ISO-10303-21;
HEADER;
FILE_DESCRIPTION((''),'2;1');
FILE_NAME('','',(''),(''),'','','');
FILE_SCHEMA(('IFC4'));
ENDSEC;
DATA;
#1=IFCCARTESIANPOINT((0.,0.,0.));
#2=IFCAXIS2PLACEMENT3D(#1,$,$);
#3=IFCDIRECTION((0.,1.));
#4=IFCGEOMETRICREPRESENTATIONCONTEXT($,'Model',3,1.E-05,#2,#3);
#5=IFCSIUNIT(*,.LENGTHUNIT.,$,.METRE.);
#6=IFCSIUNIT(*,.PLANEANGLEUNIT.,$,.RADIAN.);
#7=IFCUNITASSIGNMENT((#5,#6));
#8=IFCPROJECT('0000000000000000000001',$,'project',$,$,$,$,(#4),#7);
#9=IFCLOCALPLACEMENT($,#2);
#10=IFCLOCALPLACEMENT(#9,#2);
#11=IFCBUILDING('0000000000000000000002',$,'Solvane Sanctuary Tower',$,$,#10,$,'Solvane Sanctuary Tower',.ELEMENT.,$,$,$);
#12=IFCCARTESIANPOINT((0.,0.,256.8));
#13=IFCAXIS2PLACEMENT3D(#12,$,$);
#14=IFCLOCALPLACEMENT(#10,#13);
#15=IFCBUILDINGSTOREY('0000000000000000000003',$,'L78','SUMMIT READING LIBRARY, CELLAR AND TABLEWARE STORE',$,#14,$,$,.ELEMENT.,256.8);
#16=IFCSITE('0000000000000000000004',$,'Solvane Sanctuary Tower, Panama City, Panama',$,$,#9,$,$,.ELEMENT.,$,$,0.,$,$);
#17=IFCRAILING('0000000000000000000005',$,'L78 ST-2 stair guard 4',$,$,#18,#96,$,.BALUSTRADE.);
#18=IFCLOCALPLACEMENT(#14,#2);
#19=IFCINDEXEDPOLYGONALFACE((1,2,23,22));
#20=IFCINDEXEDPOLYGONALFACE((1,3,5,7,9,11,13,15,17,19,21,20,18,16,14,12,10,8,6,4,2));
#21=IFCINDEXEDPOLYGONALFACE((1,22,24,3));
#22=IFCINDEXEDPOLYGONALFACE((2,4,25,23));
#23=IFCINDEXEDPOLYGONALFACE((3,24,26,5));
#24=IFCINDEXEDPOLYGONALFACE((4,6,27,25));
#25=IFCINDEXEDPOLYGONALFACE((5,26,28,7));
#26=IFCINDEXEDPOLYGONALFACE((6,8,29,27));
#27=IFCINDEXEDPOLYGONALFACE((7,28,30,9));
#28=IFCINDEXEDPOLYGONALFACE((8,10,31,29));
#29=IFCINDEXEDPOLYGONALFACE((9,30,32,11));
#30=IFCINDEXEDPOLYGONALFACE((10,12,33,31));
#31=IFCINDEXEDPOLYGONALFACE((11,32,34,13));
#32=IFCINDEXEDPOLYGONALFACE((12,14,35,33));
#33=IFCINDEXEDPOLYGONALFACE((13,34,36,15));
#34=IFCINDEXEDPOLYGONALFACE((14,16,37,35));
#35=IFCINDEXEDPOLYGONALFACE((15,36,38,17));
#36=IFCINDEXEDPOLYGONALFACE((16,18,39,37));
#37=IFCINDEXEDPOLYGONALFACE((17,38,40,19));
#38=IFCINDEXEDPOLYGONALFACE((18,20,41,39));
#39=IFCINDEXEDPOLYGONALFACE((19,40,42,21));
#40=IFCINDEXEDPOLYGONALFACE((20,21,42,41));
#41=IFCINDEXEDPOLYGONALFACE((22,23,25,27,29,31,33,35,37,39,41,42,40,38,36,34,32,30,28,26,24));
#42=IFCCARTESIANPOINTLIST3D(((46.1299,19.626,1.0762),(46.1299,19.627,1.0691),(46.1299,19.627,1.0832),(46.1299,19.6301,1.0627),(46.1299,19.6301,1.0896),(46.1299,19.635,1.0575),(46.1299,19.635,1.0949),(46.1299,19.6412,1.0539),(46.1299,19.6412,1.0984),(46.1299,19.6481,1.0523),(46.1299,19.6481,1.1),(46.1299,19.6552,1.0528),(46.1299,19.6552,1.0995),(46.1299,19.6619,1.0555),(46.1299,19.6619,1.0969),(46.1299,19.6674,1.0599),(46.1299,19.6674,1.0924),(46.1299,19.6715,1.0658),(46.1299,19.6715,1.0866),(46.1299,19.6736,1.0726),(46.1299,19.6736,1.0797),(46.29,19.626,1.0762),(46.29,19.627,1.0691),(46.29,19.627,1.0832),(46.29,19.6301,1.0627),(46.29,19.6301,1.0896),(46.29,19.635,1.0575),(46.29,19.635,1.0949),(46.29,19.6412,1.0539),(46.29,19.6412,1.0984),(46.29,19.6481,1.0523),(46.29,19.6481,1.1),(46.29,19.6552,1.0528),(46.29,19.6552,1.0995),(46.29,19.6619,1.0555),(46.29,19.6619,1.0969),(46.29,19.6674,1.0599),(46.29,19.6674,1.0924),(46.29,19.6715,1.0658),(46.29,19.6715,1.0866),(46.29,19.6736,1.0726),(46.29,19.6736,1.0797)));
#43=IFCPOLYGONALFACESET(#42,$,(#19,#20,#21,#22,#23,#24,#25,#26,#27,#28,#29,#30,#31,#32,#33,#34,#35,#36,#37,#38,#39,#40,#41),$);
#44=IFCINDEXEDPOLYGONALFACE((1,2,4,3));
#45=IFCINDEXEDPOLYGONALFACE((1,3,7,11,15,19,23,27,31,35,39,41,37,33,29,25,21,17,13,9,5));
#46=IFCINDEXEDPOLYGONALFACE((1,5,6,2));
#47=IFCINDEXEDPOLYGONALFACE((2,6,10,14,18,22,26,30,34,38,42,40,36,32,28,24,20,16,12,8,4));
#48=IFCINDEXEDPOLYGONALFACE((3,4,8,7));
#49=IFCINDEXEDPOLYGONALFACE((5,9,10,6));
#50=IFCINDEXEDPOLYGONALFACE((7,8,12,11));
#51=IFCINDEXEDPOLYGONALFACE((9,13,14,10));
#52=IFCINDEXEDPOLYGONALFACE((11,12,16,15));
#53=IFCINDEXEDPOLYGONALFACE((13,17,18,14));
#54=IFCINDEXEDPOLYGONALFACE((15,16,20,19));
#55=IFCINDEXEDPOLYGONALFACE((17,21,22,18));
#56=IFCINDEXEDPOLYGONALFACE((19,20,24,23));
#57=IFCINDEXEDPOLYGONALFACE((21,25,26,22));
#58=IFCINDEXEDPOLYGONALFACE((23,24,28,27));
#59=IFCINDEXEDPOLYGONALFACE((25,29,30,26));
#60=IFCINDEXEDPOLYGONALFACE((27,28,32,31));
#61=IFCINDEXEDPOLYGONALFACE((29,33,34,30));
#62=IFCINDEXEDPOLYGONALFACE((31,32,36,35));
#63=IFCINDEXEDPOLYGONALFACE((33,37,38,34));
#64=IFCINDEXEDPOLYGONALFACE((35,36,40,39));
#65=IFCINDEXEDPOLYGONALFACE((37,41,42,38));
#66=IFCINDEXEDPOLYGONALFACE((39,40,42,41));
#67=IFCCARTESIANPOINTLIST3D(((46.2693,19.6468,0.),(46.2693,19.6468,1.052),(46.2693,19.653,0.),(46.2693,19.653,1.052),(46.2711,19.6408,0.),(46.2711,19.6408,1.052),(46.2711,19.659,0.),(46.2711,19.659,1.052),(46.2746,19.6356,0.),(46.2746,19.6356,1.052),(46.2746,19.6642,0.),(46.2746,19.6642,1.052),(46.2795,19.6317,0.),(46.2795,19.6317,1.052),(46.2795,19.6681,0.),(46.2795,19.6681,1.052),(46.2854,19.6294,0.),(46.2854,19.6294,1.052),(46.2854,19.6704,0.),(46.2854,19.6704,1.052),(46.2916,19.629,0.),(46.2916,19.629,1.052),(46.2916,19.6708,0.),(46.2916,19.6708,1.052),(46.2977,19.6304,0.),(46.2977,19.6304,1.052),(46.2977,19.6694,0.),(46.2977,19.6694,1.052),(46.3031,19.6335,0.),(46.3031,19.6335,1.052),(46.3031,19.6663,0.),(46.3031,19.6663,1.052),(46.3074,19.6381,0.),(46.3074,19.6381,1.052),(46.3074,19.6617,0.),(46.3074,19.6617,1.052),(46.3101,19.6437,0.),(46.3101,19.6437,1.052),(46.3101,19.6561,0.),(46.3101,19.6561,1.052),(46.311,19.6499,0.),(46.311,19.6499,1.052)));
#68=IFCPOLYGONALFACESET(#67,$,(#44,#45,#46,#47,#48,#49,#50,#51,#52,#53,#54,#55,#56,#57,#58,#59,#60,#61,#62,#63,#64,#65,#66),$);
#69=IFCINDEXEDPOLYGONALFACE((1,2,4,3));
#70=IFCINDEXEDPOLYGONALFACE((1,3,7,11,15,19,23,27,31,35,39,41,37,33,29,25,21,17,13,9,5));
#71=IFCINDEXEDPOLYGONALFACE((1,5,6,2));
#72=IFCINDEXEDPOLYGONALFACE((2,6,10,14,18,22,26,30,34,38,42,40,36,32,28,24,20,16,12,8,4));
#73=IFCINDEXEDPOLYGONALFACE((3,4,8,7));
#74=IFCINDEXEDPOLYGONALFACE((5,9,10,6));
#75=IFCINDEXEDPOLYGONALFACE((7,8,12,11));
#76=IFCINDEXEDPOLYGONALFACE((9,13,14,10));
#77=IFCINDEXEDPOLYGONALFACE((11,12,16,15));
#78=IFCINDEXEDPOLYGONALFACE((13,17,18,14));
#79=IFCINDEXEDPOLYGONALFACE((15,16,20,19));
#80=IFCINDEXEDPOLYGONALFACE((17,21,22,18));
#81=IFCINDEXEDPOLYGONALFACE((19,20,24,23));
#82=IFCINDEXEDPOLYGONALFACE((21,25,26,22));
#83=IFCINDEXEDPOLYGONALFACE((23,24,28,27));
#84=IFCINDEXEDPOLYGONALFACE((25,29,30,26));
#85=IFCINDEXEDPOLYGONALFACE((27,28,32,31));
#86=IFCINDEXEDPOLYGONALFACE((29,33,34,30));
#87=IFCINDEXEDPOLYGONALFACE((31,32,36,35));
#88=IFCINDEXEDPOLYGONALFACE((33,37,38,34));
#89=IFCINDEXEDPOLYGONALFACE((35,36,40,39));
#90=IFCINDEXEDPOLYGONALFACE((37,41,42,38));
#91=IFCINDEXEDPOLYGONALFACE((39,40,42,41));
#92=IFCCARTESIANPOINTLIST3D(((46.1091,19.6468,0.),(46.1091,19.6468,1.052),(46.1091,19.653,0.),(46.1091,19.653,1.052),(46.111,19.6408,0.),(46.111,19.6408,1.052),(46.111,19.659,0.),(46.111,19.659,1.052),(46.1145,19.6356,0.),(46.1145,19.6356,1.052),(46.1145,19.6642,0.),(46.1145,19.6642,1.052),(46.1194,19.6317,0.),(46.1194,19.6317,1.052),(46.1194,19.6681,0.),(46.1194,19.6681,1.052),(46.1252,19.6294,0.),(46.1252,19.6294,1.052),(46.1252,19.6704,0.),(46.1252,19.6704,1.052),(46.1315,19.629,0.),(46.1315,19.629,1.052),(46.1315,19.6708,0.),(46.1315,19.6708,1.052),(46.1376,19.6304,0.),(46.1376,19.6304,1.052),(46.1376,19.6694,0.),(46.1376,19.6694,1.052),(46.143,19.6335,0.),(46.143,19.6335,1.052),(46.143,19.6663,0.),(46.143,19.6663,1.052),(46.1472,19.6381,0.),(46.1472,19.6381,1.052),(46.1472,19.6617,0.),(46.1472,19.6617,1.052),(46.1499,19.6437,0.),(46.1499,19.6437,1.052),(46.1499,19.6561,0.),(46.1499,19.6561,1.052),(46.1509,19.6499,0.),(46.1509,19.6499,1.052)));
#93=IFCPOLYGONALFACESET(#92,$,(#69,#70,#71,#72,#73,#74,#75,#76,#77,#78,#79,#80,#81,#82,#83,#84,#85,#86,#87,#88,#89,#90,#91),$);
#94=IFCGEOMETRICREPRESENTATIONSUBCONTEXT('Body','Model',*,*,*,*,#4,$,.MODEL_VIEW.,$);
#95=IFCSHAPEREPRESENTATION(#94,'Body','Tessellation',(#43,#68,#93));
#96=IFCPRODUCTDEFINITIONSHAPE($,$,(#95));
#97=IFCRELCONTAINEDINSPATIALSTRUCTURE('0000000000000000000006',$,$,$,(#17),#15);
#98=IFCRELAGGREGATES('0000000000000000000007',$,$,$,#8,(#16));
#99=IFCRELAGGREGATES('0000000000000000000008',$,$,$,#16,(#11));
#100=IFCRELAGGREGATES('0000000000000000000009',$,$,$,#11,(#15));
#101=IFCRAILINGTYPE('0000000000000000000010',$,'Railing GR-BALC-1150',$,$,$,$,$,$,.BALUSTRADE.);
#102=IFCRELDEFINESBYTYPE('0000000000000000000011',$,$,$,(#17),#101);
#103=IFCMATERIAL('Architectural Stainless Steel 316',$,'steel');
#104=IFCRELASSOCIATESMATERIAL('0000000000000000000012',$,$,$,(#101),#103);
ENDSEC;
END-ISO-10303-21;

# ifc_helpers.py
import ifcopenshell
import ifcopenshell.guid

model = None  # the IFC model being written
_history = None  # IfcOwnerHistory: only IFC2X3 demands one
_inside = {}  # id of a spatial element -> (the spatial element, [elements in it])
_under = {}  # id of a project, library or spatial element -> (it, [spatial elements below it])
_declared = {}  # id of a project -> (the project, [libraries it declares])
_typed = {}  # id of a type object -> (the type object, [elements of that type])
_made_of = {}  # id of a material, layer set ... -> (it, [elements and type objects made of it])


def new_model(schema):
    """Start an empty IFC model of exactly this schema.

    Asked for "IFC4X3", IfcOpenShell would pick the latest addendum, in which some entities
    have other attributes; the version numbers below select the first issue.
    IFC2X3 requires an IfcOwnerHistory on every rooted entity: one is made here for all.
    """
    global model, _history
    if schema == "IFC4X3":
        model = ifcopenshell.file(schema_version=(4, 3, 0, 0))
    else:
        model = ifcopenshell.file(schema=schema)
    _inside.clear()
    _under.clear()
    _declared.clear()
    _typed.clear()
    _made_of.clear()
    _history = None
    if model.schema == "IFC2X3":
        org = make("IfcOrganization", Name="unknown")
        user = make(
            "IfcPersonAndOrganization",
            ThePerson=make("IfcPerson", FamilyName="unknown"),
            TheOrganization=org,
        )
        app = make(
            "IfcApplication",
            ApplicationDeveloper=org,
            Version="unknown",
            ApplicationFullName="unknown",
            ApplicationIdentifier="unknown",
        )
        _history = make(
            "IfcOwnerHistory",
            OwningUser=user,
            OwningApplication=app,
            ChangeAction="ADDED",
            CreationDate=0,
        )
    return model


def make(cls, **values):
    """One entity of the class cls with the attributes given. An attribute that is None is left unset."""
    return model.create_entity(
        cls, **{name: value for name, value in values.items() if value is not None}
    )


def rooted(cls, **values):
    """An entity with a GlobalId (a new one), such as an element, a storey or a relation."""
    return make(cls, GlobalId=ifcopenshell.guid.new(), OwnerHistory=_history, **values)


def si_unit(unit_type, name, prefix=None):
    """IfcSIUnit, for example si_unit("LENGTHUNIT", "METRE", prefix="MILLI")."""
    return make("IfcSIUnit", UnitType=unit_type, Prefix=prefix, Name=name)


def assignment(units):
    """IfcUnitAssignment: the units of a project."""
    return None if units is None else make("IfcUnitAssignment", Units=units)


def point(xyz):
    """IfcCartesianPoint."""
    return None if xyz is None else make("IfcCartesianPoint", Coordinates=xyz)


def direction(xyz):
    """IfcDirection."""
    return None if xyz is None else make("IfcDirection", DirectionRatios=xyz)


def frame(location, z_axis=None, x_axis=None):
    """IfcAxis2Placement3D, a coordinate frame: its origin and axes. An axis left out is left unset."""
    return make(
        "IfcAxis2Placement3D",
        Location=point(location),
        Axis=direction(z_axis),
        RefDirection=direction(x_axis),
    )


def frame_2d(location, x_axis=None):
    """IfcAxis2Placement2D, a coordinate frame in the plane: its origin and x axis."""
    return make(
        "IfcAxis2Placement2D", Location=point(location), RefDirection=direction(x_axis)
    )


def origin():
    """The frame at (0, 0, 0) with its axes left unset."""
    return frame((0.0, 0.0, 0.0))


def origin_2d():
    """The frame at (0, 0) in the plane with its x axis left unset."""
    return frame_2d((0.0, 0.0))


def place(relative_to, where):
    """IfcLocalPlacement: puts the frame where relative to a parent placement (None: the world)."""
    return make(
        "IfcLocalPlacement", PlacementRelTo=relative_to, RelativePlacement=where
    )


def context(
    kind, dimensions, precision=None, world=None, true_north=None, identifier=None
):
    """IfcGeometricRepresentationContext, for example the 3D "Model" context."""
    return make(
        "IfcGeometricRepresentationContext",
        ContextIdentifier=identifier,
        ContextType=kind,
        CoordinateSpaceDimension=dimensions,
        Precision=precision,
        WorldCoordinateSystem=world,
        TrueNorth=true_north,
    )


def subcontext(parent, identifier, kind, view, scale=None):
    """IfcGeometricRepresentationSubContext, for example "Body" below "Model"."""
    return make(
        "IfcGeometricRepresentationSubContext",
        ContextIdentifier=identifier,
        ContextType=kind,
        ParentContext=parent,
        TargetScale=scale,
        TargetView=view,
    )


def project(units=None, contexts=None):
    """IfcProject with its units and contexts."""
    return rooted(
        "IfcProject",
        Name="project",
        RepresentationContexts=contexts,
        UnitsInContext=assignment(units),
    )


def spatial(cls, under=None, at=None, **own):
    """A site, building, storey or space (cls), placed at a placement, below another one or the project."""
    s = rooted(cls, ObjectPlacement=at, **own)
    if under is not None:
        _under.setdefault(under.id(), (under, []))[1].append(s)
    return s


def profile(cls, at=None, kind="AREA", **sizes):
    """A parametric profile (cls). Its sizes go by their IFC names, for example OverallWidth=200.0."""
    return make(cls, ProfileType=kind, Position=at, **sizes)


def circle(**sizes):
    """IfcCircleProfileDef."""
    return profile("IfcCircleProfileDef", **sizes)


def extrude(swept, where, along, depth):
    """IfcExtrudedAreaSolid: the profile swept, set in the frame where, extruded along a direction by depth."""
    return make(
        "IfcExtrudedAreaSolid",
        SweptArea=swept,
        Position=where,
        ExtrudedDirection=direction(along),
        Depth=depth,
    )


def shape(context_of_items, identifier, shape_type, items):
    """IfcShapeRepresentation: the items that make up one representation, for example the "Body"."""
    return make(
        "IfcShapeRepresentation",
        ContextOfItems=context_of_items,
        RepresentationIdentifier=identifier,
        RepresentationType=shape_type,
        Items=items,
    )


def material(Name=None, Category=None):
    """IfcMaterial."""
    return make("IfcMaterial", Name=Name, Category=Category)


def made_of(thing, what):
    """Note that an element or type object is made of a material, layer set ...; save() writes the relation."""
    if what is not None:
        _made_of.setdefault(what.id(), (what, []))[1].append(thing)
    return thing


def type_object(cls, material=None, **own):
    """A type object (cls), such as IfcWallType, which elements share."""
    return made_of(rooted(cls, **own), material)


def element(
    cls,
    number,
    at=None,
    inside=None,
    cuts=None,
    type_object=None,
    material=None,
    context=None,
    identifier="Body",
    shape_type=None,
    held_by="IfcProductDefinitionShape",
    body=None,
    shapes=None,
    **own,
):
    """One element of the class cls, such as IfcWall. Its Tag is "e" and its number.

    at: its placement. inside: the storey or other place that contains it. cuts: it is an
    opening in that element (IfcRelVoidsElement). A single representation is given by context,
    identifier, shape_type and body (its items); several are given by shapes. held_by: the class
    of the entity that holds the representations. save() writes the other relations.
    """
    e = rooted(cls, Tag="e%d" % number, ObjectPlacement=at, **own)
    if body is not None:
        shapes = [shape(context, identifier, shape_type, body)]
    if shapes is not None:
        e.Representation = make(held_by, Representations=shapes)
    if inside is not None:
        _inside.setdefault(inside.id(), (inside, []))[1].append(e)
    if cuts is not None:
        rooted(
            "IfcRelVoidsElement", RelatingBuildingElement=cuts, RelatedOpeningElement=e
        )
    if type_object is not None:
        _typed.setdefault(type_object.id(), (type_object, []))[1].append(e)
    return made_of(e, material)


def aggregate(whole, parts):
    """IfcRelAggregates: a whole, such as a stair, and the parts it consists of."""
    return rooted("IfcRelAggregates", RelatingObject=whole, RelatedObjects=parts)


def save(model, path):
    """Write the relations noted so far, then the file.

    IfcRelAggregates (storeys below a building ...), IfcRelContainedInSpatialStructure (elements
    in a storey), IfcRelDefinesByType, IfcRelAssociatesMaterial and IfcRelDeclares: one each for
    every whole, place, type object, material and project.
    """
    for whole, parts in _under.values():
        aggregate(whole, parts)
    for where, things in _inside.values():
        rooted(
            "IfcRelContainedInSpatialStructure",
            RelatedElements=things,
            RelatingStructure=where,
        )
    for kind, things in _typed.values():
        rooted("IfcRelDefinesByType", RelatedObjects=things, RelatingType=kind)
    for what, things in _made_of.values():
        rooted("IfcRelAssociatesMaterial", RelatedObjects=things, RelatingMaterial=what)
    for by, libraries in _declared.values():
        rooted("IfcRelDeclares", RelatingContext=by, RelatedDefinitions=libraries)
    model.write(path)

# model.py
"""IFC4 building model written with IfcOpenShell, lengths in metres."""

from ifc_helpers import new_model, si_unit, direction, frame, origin, origin_2d, place, context, subcontext, project, spatial, circle, extrude, material, type_object, element, save


model = new_model("IFC4")

# Units and contexts
model_context = context("Model", 3, precision=1e-05, world=origin(), true_north=direction((0.0, 1.0)))
body_context = subcontext(model_context, "Body", "Model", "MODEL_VIEW")
ifc_project = project(units=[si_unit("LENGTHUNIT", "METRE"), si_unit("PLANEANGLEUNIT", "RADIAN")], contexts=[model_context])

# Site, building, storey
site_placement = place(None, origin())
site = spatial("IfcSite", under=ifc_project, at=site_placement, Name="Solvane Sanctuary Tower, Panama City, Panama", CompositionType="ELEMENT", RefElevation=0.0)
building_placement = place(site_placement, origin())
building = spatial("IfcBuilding", under=site, at=building_placement, Name="Solvane Sanctuary Tower", LongName="Solvane Sanctuary Tower", CompositionType="ELEMENT")
storey_placement = place(building_placement, frame((0.0, 0.0, 256.8)))
storey = spatial("IfcBuildingStorey", under=building, at=storey_placement, Name="L78", Description="SUMMIT READING LIBRARY, CELLAR AND TABLEWARE STORE", CompositionType="ELEMENT", Elevation=256.8)

# Shared definitions
ifc_material_1 = material(Name="Architectural Stainless Steel 316", Category="steel")

# Railing
railing_type_1 = type_object("IfcRailingType", Name="Railing GR-BALC-1150", PredefinedType="BALUSTRADE", material=ifc_material_1)
railing_1_placement = place(storey_placement, frame((46.29, 19.6499, 0.0)))
element("IfcRailing", 1, at=railing_1_placement, inside=storey, type_object=railing_type_1, Name="L78 ST-2 stair guard 4", PredefinedType="BALUSTRADE", context=body_context, shape_type="SweptSolid", body=[
    extrude(circle(Radius=0.0239, at=origin_2d()), frame((0.0, 0.0, 1.0762), z_axis=(-1.0, 0.0, 0.0), x_axis=(0.0, -1.0, 0.0)), (0.0, 0.0, 1.0), 0.1602),
    extrude(circle(Radius=0.021, at=origin_2d()), origin(), (0.0, 0.0, 1.0), 1.052),
    extrude(circle(Radius=0.021, at=origin_2d()), frame((-0.1602, 0.0, 0.0)), (0.0, 0.0, 1.0), 1.052),
])

save(model, "model.ifc")
